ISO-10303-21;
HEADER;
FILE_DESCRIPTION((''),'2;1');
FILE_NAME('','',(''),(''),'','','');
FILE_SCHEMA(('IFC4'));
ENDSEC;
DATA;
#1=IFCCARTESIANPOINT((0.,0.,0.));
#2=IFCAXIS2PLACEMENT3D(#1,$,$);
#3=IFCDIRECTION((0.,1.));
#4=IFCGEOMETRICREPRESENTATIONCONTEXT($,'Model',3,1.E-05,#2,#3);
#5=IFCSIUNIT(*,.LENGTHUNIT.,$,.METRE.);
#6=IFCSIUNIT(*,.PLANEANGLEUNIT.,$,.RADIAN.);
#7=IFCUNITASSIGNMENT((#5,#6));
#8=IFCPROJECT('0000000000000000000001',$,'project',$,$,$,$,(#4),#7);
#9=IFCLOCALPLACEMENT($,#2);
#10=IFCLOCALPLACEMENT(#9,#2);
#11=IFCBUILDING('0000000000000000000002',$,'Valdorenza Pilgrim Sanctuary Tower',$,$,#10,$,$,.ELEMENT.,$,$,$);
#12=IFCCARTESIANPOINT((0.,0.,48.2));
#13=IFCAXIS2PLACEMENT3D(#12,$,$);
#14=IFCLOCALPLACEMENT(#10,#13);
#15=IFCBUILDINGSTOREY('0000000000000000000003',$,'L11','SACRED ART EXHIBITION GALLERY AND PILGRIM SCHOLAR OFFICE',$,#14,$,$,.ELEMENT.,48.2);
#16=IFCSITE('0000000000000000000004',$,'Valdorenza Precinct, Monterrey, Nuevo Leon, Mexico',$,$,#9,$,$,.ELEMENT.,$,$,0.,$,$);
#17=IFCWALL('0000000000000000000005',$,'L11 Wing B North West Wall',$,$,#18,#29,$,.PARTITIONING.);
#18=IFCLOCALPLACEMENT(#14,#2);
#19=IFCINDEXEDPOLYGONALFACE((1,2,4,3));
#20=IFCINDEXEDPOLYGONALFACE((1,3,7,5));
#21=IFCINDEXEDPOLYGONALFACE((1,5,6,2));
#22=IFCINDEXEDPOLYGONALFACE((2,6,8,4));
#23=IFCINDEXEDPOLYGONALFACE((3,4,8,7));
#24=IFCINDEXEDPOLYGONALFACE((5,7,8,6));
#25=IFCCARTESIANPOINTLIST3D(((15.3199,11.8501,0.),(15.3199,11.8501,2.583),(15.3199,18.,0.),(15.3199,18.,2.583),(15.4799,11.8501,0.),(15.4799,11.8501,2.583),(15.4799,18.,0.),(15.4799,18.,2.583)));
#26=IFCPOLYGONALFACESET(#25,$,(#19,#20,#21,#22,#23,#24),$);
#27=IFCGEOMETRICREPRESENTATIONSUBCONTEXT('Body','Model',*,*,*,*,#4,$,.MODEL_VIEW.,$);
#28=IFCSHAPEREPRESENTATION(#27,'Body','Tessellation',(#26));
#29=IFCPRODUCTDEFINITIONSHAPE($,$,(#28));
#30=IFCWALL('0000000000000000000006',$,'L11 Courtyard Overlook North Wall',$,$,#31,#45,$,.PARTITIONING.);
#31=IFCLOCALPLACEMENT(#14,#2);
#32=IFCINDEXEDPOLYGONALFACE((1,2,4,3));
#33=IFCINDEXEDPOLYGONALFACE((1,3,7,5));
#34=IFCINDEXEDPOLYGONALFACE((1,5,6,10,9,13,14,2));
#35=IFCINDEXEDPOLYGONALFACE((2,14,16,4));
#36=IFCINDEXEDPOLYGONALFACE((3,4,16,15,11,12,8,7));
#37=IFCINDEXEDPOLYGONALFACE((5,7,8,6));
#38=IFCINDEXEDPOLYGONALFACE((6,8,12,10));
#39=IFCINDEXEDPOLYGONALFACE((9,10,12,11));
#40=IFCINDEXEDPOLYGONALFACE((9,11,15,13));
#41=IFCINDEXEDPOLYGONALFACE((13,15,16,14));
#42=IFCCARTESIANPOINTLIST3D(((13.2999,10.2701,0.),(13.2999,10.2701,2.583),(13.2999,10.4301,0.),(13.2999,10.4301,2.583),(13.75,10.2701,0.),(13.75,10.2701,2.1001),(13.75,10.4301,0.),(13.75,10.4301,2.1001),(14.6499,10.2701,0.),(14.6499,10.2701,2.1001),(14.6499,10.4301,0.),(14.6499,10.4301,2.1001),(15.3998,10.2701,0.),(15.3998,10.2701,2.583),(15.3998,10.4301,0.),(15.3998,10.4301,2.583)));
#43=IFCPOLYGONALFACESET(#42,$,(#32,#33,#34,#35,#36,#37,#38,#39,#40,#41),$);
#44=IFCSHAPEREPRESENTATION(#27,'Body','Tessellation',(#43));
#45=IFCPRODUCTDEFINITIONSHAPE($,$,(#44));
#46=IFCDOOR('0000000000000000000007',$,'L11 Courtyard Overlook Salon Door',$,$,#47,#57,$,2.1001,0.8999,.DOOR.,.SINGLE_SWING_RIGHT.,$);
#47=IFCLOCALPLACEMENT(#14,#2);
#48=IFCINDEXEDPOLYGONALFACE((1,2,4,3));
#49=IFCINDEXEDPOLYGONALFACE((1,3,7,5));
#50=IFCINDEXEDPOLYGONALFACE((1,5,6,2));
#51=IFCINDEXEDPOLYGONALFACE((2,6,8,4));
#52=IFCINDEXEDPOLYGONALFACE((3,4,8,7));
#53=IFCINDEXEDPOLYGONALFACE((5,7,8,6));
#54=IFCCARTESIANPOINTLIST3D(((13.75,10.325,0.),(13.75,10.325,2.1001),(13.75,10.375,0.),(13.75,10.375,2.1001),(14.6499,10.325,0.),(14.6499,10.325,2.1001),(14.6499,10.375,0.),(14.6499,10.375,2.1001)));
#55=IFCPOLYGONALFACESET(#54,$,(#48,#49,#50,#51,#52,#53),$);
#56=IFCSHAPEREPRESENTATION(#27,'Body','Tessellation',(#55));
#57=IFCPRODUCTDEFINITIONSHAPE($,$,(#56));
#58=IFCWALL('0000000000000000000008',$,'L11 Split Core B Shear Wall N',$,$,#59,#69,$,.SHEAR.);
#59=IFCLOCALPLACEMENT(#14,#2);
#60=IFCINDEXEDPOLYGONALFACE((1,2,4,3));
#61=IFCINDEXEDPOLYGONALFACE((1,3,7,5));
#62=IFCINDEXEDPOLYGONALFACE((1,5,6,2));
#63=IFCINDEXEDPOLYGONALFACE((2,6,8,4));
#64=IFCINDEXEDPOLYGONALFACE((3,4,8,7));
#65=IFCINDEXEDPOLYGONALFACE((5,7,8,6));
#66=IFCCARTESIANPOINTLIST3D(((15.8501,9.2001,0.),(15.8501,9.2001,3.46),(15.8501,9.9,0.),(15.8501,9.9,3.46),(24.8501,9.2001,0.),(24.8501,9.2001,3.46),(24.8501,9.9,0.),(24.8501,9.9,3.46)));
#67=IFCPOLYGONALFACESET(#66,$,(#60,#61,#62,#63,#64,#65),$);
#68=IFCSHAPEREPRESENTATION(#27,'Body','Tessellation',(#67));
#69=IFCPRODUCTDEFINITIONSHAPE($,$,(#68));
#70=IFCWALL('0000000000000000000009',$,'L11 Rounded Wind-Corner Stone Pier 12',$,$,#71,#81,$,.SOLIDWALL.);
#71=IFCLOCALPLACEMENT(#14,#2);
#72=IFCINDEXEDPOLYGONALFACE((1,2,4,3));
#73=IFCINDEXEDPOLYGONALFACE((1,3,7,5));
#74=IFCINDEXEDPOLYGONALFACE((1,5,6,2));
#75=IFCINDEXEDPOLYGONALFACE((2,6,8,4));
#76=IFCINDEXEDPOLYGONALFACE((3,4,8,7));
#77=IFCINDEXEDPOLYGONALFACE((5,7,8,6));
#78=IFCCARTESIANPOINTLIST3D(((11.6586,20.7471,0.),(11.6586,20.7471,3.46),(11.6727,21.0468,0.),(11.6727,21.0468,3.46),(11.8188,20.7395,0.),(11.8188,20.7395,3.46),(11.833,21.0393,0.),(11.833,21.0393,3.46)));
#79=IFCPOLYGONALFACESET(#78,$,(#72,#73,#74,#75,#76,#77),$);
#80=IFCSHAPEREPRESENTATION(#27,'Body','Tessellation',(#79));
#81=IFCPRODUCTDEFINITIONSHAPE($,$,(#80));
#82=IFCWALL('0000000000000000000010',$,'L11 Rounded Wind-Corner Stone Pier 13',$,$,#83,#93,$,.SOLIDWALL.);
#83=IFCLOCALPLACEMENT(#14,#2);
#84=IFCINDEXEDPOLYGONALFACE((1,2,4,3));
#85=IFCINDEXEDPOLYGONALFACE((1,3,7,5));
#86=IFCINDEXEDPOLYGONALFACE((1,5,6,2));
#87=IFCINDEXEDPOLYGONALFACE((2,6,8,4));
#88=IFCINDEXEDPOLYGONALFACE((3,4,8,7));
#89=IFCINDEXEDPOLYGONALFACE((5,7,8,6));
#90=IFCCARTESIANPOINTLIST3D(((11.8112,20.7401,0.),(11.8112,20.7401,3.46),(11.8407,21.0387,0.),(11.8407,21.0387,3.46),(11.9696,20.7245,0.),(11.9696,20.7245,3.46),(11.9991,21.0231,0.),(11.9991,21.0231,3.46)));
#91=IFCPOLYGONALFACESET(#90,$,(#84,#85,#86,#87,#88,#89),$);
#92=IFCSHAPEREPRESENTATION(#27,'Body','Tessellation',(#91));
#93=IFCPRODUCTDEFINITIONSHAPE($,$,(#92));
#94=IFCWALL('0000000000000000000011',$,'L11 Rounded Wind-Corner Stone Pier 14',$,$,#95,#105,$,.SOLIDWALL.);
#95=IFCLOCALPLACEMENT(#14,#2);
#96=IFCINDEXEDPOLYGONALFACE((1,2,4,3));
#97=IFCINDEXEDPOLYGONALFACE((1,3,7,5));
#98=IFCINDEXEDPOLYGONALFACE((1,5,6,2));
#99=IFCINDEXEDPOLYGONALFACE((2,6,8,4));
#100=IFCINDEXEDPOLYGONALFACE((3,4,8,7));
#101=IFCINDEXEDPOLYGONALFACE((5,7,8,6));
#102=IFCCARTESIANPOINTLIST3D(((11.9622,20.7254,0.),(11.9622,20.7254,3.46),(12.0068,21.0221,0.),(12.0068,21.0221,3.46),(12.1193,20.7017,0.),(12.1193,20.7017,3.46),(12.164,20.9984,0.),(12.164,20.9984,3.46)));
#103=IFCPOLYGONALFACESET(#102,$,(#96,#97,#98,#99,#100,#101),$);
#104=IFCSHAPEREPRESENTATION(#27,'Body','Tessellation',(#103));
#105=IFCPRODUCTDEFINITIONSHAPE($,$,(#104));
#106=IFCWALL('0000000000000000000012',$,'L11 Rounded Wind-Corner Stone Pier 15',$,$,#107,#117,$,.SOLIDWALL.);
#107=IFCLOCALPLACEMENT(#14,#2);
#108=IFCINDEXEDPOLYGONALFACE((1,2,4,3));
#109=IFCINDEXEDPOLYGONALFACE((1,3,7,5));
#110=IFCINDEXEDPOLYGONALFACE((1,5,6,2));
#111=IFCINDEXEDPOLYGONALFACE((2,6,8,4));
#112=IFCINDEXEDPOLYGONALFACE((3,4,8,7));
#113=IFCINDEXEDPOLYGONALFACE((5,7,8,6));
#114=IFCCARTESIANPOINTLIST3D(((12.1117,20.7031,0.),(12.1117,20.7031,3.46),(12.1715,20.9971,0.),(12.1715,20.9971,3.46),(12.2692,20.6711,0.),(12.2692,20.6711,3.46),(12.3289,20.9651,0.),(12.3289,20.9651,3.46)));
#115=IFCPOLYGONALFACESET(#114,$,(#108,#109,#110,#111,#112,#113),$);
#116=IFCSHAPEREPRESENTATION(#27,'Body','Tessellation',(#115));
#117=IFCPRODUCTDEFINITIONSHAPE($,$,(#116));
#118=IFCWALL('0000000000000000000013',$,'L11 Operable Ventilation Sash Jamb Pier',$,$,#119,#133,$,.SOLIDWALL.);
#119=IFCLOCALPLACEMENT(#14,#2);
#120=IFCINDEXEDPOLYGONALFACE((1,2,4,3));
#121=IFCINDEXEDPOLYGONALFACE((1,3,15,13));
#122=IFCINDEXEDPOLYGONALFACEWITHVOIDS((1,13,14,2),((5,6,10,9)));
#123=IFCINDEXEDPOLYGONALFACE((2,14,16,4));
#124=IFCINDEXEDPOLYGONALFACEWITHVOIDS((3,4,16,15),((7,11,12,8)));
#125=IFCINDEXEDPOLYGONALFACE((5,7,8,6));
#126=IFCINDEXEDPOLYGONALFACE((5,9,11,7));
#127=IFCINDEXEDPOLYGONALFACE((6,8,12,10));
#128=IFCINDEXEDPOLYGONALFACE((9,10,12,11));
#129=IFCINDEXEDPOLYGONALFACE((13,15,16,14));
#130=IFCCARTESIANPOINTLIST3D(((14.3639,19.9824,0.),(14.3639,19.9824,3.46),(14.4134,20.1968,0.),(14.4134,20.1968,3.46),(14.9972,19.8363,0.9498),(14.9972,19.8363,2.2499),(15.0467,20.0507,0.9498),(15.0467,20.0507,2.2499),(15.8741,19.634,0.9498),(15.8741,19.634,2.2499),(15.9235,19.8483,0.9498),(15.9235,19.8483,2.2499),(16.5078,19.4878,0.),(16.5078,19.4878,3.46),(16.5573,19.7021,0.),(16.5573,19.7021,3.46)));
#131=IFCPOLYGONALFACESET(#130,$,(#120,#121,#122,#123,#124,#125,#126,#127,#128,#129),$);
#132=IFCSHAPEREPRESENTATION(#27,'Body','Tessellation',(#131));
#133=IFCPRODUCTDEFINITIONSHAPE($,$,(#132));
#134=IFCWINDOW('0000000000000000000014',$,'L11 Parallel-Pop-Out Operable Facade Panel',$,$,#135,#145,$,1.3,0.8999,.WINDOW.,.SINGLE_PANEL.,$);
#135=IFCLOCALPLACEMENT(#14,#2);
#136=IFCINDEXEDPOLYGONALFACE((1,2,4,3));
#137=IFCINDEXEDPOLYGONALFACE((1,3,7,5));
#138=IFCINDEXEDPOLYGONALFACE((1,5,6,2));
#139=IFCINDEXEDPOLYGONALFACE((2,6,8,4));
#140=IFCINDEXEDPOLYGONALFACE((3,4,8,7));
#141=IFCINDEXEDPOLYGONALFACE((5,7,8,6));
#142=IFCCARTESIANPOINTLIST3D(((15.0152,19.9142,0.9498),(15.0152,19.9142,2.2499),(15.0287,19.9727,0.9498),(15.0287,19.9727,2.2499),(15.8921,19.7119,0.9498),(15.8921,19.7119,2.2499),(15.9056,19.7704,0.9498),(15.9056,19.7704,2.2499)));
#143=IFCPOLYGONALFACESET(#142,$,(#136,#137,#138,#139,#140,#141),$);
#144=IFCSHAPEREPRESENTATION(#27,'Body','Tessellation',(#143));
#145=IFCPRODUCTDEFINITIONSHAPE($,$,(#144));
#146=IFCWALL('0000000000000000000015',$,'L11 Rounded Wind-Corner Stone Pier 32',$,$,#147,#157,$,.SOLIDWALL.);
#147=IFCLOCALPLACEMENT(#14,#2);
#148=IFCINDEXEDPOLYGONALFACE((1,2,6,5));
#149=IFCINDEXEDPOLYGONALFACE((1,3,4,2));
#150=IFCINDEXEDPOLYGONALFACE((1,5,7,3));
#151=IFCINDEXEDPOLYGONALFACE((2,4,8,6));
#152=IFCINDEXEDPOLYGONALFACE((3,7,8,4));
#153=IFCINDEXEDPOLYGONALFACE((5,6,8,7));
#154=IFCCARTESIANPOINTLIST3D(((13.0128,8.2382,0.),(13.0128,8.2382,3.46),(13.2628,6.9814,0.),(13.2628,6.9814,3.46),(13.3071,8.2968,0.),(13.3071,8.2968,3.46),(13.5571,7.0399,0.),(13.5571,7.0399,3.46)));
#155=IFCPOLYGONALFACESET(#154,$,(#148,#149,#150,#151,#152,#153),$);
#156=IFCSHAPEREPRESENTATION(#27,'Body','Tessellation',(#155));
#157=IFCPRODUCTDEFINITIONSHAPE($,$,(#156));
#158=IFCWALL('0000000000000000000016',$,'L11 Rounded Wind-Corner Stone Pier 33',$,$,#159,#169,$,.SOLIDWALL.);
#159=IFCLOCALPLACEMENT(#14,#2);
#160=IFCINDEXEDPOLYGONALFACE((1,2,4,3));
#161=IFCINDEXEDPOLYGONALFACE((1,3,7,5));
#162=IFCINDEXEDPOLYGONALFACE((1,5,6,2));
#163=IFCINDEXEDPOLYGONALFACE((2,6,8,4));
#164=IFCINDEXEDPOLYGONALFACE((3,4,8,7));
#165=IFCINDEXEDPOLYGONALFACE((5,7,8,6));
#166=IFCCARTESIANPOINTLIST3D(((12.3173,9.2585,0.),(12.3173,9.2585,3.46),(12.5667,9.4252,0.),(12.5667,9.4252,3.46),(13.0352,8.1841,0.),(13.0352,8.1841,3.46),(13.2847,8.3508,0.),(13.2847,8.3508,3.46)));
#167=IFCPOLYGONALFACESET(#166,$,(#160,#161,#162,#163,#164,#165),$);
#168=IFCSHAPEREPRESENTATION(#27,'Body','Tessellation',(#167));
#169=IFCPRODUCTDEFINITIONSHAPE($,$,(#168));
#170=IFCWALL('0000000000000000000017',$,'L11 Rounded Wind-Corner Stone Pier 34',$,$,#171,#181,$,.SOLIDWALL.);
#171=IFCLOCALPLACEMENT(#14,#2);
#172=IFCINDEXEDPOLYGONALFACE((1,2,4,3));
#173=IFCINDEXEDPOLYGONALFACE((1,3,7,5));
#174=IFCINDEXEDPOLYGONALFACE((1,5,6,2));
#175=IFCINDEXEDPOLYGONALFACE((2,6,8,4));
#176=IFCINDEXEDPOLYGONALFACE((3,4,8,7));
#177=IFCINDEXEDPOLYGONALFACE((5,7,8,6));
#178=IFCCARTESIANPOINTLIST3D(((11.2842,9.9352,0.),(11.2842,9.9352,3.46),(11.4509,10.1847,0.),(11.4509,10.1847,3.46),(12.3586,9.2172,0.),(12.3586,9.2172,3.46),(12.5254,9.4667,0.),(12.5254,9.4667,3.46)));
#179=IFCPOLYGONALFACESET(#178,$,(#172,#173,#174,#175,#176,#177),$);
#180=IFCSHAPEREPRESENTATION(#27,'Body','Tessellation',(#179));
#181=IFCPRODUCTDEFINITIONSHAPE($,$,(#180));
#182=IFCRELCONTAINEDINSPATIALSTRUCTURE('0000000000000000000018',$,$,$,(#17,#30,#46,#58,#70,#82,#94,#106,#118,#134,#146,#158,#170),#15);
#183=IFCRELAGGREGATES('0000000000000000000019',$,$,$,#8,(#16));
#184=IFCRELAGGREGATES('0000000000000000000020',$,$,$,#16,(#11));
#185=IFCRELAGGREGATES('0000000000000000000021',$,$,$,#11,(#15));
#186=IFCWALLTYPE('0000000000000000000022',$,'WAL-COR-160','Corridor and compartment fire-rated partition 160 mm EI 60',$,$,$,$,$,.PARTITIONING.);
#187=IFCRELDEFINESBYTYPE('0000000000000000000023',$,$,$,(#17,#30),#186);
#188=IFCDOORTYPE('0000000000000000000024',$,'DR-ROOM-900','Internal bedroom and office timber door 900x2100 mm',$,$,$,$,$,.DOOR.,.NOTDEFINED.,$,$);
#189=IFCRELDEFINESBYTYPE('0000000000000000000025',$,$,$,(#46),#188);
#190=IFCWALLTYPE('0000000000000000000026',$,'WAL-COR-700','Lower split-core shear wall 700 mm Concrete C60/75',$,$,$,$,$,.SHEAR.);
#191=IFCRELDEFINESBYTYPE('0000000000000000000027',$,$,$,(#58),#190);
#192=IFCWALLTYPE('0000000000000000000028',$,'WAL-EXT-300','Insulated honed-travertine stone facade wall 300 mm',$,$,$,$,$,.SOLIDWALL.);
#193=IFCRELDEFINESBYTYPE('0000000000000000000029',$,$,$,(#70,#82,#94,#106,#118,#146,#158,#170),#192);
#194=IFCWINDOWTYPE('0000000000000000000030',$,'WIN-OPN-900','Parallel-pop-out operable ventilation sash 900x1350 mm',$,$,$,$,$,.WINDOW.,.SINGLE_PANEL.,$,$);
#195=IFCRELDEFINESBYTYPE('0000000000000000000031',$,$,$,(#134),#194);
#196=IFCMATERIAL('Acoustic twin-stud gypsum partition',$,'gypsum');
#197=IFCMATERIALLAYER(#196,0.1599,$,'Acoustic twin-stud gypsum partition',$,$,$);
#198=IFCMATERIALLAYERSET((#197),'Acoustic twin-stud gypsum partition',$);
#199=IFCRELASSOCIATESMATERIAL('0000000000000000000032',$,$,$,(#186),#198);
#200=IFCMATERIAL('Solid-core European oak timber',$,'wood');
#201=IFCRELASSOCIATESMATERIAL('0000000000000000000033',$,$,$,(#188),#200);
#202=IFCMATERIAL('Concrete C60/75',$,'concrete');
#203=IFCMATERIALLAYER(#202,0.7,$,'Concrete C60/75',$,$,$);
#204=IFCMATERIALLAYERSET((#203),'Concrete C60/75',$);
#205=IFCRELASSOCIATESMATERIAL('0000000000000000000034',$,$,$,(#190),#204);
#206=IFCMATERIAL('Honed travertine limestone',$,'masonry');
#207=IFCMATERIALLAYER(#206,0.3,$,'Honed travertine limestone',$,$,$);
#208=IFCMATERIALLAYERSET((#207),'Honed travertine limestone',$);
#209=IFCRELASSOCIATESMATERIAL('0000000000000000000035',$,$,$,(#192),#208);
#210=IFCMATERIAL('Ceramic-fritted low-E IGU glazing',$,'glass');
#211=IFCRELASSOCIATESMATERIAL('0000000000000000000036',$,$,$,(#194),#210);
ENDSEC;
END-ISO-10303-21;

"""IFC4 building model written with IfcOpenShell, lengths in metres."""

from ifc_helpers import new_model, si_unit, direction, frame, frame_2d, origin, place, context, subcontext, project, spatial, rectangle, extrude, material, layer, layer_set, type_object, element, fill, save


model = new_model("IFC4")

# Units and contexts
model_context = context("Model", 3, precision=1e-05, world=origin(), true_north=direction((0.0, 1.0)))
body_context = subcontext(model_context, "Body", "Model", "MODEL_VIEW")
ifc_project = project(units=[si_unit("LENGTHUNIT", "METRE"), si_unit("PLANEANGLEUNIT", "RADIAN")], contexts=[model_context])

# Site, building, storey
site_placement = place(None, origin())
site = spatial("IfcSite", under=ifc_project, at=site_placement, Name="Valdorenza Precinct, Monterrey, Nuevo Leon, Mexico", CompositionType="ELEMENT", RefElevation=0.0)
building_placement = place(site_placement, origin())
building = spatial("IfcBuilding", under=site, at=building_placement, Name="Valdorenza Pilgrim Sanctuary Tower", CompositionType="ELEMENT")
storey_placement = place(building_placement, frame((0.0, 0.0, 48.2)))
storey = spatial("IfcBuildingStorey", under=building, at=storey_placement, Name="L11", Description="SACRED ART EXHIBITION GALLERY AND PILGRIM SCHOLAR OFFICE", CompositionType="ELEMENT", Elevation=48.2)

# Shared definitions
ifc_material_1 = material(Name="Concrete C60/75", Category="concrete")

# Shared definitions
ifc_material_2 = material(Name="Ceramic-fritted low-E IGU glazing", Category="glass")
ifc_material_3 = material(Name="Honed travertine limestone", Category="masonry")

# Shared definitions
ifc_material_4 = material(Name="Acoustic twin-stud gypsum partition", Category="gypsum")
ifc_layer_1 = layer(ifc_material_4, 0.1599, Name="Acoustic twin-stud gypsum partition")
ifc_layer_set_1 = layer_set([ifc_layer_1], Name="Acoustic twin-stud gypsum partition")
wall_type_1 = type_object("IfcWallType", Name="WAL-COR-160", Description="Corridor and compartment fire-rated partition 160 mm EI 60", PredefinedType="PARTITIONING", material=ifc_layer_set_1)

# Shared definitions
ifc_material_5 = material(Name="Solid-core European oak timber", Category="wood")
door_type = type_object("IfcDoorType", Name="DR-ROOM-900", Description="Internal bedroom and office timber door 900x2100 mm", OperationType="NOTDEFINED", PredefinedType="DOOR", material=ifc_material_5)

# Wall
wall_1_placement = place(storey_placement, frame((15.3999, 11.8501, 0.0), z_axis=(0.0, 0.0, 1.0), x_axis=(0.0, 1.0, 0.0)))
element("IfcWall", 1, at=wall_1_placement, inside=storey, type_object=wall_type_1, Name="L11 Wing B North West Wall", PredefinedType="PARTITIONING", context=body_context, shape_type="SweptSolid", body=[
    extrude(rectangle(XDim=6.1499, YDim=0.1599, at=frame_2d((3.075, 0.0))), origin(), (0.0, 0.0, 1.0), 2.583),
])

# Wall, opening, door
wall_2_placement = place(storey_placement, frame((13.3, 10.3501, 0.0), z_axis=(0.0, 0.0, 1.0), x_axis=(1.0, 0.0, 0.0)))
wall_2 = element("IfcWall", 2, at=wall_2_placement, inside=storey, type_object=wall_type_1, Name="L11 Courtyard Overlook North Wall", PredefinedType="PARTITIONING", context=body_context, shape_type="SweptSolid", body=[
    extrude(rectangle(XDim=2.0999, YDim=0.1599, at=frame_2d((1.0498, 0.0))), origin(), (0.0, 0.0, 1.0), 2.583),
])
opening_1_placement = place(wall_2_placement, frame((0.45, 0.0, 0.0)))
opening_1 = element("IfcOpeningElement", 3, at=opening_1_placement, cuts=wall_2, PredefinedType="OPENING", context=body_context, shape_type="SweptSolid", body=[
    extrude(rectangle(XDim=0.8999, YDim=2.1001, at=frame_2d((0.45, 1.05))), frame((0.0, 0.0947, 0.0), z_axis=(0.0, -1.0, 0.0), x_axis=(1.0, 0.0, 0.0)), (0.0, 0.0, 1.0), 0.1897),
])
door_1_placement = place(opening_1_placement, origin())
door_1 = element("IfcDoor", 4, at=door_1_placement, inside=storey, type_object=door_type, Name="L11 Courtyard Overlook Salon Door", OperationType="SINGLE_SWING_RIGHT", OverallHeight=2.1001, OverallWidth=0.8999, PredefinedType="DOOR", context=body_context, shape_type="SweptSolid", body=[
    extrude(rectangle(XDim=0.8999, YDim=2.1001, at=frame_2d((0.45, 1.05))), frame((0.0, 0.0249, 0.0), z_axis=(0.0, -1.0, 0.0), x_axis=(1.0, 0.0, 0.0)), (0.0, 0.0, 1.0), 0.05),
])
fill(opening_1, door_1)

# Walls
ifc_layer_2 = layer(ifc_material_1, 0.7, Name="Concrete C60/75")
ifc_layer_set_2 = layer_set([ifc_layer_2], Name="Concrete C60/75")
wall_type_2 = type_object("IfcWallType", Name="WAL-COR-700", Description="Lower split-core shear wall 700 mm Concrete C60/75", PredefinedType="SHEAR", material=ifc_layer_set_2)
wall_3_placement = place(storey_placement, frame((15.8501, 9.55, 0.0), z_axis=(0.0, 0.0, 1.0), x_axis=(1.0, 0.0, 0.0)))
element("IfcWall", 5, at=wall_3_placement, inside=storey, type_object=wall_type_2, Name="L11 Split Core B Shear Wall N", PredefinedType="SHEAR", context=body_context, shape_type="SweptSolid", body=[
    extrude(rectangle(XDim=9.0, YDim=0.7, at=frame_2d((4.5, 0.0))), origin(), (0.0, 0.0, 1.0), 3.46),
])
ifc_layer_3 = layer(ifc_material_3, 0.3, Name="Honed travertine limestone")
ifc_layer_set_3 = layer_set([ifc_layer_3], Name="Honed travertine limestone")
wall_type_3 = type_object("IfcWallType", Name="WAL-EXT-300", Description="Insulated honed-travertine stone facade wall 300 mm", PredefinedType="SOLIDWALL", material=ifc_layer_set_3)
wall_4_placement = place(storey_placement, frame((11.6658, 20.897, 0.0), z_axis=(0.0, 0.0, 1.0), x_axis=(0.998885, -0.047203, 0.0)))
element("IfcWall", 6, at=wall_4_placement, inside=storey, type_object=wall_type_3, Name="L11 Rounded Wind-Corner Stone Pier 12", PredefinedType="SOLIDWALL", context=body_context, shape_type="SweptSolid", body=[
    extrude(rectangle(XDim=0.1604, YDim=0.3, at=frame_2d((0.0801, 0.0))), origin(), (0.0, 0.0, 1.0), 3.46),
])
wall_5_placement = place(storey_placement, frame((11.8259, 20.8894, 0.0), z_axis=(0.0, 0.0, 1.0), x_axis=(0.995173, -0.098137, 0.0)))
element("IfcWall", 7, at=wall_5_placement, inside=storey, type_object=wall_type_3, Name="L11 Rounded Wind-Corner Stone Pier 13", PredefinedType="SOLIDWALL", context=body_context, shape_type="SweptSolid", body=[
    extrude(rectangle(XDim=0.1592, YDim=0.3, at=frame_2d((0.0796, 0.0))), origin(), (0.0, 0.0, 1.0), 3.46),
])
wall_6_placement = place(storey_placement, frame((11.9844, 20.8738, 0.0), z_axis=(0.0, 0.0, 1.0), x_axis=(0.988846, -0.148941, 0.0)))
element("IfcWall", 8, at=wall_6_placement, inside=storey, type_object=wall_type_3, Name="L11 Rounded Wind-Corner Stone Pier 14", PredefinedType="SOLIDWALL", context=body_context, shape_type="SweptSolid", body=[
    extrude(rectangle(XDim=0.1589, YDim=0.3, at=frame_2d((0.0796, 0.0))), origin(), (0.0, 0.0, 1.0), 3.46),
])
wall_7_placement = place(storey_placement, frame((12.1416, 20.8501, 0.0), z_axis=(0.0, 0.0, 1.0), x_axis=(0.979992, -0.199037, 0.0)))
element("IfcWall", 9, at=wall_7_placement, inside=storey, type_object=wall_type_3, Name="L11 Rounded Wind-Corner Stone Pier 15", PredefinedType="SOLIDWALL", context=body_context, shape_type="SweptSolid", body=[
    extrude(rectangle(XDim=0.1606, YDim=0.3, at=frame_2d((0.0803, 0.0))), origin(), (0.0, 0.0, 1.0), 3.46),
])

# Wall, opening, window
wall_8_placement = place(storey_placement, frame((14.3887, 20.0896, 0.0), z_axis=(0.0, 0.0, 1.0), x_axis=(0.974401, -0.224819, 0.0)))
wall_8 = element("IfcWall", 10, at=wall_8_placement, inside=storey, type_object=wall_type_3, Name="L11 Operable Ventilation Sash Jamb Pier", PredefinedType="SOLIDWALL", context=body_context, shape_type="SweptSolid", body=[
    extrude(rectangle(XDim=2.2002, YDim=0.22, at=frame_2d((1.1001, 0.0))), origin(), (0.0, 0.0, 1.0), 3.46),
])
opening_2_placement = place(wall_8_placement, frame((0.6499, 0.0, 0.95)))
opening_2 = element("IfcOpeningElement", 11, at=opening_2_placement, cuts=wall_8, PredefinedType="OPENING", context=body_context, shape_type="SweptSolid", body=[
    extrude(rectangle(XDim=0.8999, YDim=1.3, at=frame_2d((0.45, 0.6499))), frame((0.0, 0.125, 0.0), z_axis=(0.0, -1.0, 0.0), x_axis=(1.0, 0.0, 0.0)), (0.0, 0.0, 1.0), 0.2498),
])
window_type = type_object("IfcWindowType", Name="WIN-OPN-900", Description="Parallel-pop-out operable ventilation sash 900x1350 mm", PartitioningType="SINGLE_PANEL", PredefinedType="WINDOW", material=ifc_material_2)
window_placement = place(opening_2_placement, origin())
window = element("IfcWindow", 12, at=window_placement, inside=storey, type_object=window_type, Name="L11 Parallel-Pop-Out Operable Facade Panel", OverallHeight=1.3, OverallWidth=0.8999, PartitioningType="SINGLE_PANEL", PredefinedType="WINDOW", context=body_context, shape_type="SweptSolid", body=[
    extrude(rectangle(XDim=0.8999, YDim=1.3, at=frame_2d((0.45, 0.6499))), frame((0.0, 0.03, 0.0), z_axis=(0.0, -1.0, 0.0), x_axis=(1.0, 0.0, 0.0)), (0.0, 0.0, 1.0), 0.0601),
])
fill(opening_2, window)

# Walls
wall_9_placement = place(storey_placement, frame((13.4099, 7.0107, 0.0), z_axis=(0.0, 0.0, 1.0), x_axis=(-0.19509, 0.980785, 0.0)))
element("IfcWall", 13, at=wall_9_placement, inside=storey, type_object=wall_type_3, Name="L11 Rounded Wind-Corner Stone Pier 32", PredefinedType="SOLIDWALL", context=body_context, shape_type="SweptSolid", body=[
    extrude(rectangle(XDim=1.2815, YDim=0.3, at=frame_2d((0.6406, 0.0))), origin(), (0.0, 0.0, 1.0), 3.46),
])
for number, where, z_axis, x_axis, name in (
    (14, (13.1599, 8.2676, 0.0), (0.0, 0.0, 1.0), (-0.555615, 0.831439, 0.0), "L11 Rounded Wind-Corner Stone Pier 33"),
    (15, (12.4419, 9.342, 0.0), (0.0, 0.0, 1.0), (-0.831439, 0.555615, 0.0), "L11 Rounded Wind-Corner Stone Pier 34"),
):
    element("IfcWall", number, at=place(storey_placement, frame(where, z_axis=z_axis, x_axis=x_axis)), inside=storey, type_object=wall_type_3, Name=name, PredefinedType="SOLIDWALL", context=body_context, shape_type="SweptSolid", body=[
        extrude(rectangle(XDim=1.2922, YDim=0.3, at=frame_2d((0.646, 0.0))), origin(), (0.0, 0.0, 1.0), 3.46),
    ])

save(model, "model.ifc")
